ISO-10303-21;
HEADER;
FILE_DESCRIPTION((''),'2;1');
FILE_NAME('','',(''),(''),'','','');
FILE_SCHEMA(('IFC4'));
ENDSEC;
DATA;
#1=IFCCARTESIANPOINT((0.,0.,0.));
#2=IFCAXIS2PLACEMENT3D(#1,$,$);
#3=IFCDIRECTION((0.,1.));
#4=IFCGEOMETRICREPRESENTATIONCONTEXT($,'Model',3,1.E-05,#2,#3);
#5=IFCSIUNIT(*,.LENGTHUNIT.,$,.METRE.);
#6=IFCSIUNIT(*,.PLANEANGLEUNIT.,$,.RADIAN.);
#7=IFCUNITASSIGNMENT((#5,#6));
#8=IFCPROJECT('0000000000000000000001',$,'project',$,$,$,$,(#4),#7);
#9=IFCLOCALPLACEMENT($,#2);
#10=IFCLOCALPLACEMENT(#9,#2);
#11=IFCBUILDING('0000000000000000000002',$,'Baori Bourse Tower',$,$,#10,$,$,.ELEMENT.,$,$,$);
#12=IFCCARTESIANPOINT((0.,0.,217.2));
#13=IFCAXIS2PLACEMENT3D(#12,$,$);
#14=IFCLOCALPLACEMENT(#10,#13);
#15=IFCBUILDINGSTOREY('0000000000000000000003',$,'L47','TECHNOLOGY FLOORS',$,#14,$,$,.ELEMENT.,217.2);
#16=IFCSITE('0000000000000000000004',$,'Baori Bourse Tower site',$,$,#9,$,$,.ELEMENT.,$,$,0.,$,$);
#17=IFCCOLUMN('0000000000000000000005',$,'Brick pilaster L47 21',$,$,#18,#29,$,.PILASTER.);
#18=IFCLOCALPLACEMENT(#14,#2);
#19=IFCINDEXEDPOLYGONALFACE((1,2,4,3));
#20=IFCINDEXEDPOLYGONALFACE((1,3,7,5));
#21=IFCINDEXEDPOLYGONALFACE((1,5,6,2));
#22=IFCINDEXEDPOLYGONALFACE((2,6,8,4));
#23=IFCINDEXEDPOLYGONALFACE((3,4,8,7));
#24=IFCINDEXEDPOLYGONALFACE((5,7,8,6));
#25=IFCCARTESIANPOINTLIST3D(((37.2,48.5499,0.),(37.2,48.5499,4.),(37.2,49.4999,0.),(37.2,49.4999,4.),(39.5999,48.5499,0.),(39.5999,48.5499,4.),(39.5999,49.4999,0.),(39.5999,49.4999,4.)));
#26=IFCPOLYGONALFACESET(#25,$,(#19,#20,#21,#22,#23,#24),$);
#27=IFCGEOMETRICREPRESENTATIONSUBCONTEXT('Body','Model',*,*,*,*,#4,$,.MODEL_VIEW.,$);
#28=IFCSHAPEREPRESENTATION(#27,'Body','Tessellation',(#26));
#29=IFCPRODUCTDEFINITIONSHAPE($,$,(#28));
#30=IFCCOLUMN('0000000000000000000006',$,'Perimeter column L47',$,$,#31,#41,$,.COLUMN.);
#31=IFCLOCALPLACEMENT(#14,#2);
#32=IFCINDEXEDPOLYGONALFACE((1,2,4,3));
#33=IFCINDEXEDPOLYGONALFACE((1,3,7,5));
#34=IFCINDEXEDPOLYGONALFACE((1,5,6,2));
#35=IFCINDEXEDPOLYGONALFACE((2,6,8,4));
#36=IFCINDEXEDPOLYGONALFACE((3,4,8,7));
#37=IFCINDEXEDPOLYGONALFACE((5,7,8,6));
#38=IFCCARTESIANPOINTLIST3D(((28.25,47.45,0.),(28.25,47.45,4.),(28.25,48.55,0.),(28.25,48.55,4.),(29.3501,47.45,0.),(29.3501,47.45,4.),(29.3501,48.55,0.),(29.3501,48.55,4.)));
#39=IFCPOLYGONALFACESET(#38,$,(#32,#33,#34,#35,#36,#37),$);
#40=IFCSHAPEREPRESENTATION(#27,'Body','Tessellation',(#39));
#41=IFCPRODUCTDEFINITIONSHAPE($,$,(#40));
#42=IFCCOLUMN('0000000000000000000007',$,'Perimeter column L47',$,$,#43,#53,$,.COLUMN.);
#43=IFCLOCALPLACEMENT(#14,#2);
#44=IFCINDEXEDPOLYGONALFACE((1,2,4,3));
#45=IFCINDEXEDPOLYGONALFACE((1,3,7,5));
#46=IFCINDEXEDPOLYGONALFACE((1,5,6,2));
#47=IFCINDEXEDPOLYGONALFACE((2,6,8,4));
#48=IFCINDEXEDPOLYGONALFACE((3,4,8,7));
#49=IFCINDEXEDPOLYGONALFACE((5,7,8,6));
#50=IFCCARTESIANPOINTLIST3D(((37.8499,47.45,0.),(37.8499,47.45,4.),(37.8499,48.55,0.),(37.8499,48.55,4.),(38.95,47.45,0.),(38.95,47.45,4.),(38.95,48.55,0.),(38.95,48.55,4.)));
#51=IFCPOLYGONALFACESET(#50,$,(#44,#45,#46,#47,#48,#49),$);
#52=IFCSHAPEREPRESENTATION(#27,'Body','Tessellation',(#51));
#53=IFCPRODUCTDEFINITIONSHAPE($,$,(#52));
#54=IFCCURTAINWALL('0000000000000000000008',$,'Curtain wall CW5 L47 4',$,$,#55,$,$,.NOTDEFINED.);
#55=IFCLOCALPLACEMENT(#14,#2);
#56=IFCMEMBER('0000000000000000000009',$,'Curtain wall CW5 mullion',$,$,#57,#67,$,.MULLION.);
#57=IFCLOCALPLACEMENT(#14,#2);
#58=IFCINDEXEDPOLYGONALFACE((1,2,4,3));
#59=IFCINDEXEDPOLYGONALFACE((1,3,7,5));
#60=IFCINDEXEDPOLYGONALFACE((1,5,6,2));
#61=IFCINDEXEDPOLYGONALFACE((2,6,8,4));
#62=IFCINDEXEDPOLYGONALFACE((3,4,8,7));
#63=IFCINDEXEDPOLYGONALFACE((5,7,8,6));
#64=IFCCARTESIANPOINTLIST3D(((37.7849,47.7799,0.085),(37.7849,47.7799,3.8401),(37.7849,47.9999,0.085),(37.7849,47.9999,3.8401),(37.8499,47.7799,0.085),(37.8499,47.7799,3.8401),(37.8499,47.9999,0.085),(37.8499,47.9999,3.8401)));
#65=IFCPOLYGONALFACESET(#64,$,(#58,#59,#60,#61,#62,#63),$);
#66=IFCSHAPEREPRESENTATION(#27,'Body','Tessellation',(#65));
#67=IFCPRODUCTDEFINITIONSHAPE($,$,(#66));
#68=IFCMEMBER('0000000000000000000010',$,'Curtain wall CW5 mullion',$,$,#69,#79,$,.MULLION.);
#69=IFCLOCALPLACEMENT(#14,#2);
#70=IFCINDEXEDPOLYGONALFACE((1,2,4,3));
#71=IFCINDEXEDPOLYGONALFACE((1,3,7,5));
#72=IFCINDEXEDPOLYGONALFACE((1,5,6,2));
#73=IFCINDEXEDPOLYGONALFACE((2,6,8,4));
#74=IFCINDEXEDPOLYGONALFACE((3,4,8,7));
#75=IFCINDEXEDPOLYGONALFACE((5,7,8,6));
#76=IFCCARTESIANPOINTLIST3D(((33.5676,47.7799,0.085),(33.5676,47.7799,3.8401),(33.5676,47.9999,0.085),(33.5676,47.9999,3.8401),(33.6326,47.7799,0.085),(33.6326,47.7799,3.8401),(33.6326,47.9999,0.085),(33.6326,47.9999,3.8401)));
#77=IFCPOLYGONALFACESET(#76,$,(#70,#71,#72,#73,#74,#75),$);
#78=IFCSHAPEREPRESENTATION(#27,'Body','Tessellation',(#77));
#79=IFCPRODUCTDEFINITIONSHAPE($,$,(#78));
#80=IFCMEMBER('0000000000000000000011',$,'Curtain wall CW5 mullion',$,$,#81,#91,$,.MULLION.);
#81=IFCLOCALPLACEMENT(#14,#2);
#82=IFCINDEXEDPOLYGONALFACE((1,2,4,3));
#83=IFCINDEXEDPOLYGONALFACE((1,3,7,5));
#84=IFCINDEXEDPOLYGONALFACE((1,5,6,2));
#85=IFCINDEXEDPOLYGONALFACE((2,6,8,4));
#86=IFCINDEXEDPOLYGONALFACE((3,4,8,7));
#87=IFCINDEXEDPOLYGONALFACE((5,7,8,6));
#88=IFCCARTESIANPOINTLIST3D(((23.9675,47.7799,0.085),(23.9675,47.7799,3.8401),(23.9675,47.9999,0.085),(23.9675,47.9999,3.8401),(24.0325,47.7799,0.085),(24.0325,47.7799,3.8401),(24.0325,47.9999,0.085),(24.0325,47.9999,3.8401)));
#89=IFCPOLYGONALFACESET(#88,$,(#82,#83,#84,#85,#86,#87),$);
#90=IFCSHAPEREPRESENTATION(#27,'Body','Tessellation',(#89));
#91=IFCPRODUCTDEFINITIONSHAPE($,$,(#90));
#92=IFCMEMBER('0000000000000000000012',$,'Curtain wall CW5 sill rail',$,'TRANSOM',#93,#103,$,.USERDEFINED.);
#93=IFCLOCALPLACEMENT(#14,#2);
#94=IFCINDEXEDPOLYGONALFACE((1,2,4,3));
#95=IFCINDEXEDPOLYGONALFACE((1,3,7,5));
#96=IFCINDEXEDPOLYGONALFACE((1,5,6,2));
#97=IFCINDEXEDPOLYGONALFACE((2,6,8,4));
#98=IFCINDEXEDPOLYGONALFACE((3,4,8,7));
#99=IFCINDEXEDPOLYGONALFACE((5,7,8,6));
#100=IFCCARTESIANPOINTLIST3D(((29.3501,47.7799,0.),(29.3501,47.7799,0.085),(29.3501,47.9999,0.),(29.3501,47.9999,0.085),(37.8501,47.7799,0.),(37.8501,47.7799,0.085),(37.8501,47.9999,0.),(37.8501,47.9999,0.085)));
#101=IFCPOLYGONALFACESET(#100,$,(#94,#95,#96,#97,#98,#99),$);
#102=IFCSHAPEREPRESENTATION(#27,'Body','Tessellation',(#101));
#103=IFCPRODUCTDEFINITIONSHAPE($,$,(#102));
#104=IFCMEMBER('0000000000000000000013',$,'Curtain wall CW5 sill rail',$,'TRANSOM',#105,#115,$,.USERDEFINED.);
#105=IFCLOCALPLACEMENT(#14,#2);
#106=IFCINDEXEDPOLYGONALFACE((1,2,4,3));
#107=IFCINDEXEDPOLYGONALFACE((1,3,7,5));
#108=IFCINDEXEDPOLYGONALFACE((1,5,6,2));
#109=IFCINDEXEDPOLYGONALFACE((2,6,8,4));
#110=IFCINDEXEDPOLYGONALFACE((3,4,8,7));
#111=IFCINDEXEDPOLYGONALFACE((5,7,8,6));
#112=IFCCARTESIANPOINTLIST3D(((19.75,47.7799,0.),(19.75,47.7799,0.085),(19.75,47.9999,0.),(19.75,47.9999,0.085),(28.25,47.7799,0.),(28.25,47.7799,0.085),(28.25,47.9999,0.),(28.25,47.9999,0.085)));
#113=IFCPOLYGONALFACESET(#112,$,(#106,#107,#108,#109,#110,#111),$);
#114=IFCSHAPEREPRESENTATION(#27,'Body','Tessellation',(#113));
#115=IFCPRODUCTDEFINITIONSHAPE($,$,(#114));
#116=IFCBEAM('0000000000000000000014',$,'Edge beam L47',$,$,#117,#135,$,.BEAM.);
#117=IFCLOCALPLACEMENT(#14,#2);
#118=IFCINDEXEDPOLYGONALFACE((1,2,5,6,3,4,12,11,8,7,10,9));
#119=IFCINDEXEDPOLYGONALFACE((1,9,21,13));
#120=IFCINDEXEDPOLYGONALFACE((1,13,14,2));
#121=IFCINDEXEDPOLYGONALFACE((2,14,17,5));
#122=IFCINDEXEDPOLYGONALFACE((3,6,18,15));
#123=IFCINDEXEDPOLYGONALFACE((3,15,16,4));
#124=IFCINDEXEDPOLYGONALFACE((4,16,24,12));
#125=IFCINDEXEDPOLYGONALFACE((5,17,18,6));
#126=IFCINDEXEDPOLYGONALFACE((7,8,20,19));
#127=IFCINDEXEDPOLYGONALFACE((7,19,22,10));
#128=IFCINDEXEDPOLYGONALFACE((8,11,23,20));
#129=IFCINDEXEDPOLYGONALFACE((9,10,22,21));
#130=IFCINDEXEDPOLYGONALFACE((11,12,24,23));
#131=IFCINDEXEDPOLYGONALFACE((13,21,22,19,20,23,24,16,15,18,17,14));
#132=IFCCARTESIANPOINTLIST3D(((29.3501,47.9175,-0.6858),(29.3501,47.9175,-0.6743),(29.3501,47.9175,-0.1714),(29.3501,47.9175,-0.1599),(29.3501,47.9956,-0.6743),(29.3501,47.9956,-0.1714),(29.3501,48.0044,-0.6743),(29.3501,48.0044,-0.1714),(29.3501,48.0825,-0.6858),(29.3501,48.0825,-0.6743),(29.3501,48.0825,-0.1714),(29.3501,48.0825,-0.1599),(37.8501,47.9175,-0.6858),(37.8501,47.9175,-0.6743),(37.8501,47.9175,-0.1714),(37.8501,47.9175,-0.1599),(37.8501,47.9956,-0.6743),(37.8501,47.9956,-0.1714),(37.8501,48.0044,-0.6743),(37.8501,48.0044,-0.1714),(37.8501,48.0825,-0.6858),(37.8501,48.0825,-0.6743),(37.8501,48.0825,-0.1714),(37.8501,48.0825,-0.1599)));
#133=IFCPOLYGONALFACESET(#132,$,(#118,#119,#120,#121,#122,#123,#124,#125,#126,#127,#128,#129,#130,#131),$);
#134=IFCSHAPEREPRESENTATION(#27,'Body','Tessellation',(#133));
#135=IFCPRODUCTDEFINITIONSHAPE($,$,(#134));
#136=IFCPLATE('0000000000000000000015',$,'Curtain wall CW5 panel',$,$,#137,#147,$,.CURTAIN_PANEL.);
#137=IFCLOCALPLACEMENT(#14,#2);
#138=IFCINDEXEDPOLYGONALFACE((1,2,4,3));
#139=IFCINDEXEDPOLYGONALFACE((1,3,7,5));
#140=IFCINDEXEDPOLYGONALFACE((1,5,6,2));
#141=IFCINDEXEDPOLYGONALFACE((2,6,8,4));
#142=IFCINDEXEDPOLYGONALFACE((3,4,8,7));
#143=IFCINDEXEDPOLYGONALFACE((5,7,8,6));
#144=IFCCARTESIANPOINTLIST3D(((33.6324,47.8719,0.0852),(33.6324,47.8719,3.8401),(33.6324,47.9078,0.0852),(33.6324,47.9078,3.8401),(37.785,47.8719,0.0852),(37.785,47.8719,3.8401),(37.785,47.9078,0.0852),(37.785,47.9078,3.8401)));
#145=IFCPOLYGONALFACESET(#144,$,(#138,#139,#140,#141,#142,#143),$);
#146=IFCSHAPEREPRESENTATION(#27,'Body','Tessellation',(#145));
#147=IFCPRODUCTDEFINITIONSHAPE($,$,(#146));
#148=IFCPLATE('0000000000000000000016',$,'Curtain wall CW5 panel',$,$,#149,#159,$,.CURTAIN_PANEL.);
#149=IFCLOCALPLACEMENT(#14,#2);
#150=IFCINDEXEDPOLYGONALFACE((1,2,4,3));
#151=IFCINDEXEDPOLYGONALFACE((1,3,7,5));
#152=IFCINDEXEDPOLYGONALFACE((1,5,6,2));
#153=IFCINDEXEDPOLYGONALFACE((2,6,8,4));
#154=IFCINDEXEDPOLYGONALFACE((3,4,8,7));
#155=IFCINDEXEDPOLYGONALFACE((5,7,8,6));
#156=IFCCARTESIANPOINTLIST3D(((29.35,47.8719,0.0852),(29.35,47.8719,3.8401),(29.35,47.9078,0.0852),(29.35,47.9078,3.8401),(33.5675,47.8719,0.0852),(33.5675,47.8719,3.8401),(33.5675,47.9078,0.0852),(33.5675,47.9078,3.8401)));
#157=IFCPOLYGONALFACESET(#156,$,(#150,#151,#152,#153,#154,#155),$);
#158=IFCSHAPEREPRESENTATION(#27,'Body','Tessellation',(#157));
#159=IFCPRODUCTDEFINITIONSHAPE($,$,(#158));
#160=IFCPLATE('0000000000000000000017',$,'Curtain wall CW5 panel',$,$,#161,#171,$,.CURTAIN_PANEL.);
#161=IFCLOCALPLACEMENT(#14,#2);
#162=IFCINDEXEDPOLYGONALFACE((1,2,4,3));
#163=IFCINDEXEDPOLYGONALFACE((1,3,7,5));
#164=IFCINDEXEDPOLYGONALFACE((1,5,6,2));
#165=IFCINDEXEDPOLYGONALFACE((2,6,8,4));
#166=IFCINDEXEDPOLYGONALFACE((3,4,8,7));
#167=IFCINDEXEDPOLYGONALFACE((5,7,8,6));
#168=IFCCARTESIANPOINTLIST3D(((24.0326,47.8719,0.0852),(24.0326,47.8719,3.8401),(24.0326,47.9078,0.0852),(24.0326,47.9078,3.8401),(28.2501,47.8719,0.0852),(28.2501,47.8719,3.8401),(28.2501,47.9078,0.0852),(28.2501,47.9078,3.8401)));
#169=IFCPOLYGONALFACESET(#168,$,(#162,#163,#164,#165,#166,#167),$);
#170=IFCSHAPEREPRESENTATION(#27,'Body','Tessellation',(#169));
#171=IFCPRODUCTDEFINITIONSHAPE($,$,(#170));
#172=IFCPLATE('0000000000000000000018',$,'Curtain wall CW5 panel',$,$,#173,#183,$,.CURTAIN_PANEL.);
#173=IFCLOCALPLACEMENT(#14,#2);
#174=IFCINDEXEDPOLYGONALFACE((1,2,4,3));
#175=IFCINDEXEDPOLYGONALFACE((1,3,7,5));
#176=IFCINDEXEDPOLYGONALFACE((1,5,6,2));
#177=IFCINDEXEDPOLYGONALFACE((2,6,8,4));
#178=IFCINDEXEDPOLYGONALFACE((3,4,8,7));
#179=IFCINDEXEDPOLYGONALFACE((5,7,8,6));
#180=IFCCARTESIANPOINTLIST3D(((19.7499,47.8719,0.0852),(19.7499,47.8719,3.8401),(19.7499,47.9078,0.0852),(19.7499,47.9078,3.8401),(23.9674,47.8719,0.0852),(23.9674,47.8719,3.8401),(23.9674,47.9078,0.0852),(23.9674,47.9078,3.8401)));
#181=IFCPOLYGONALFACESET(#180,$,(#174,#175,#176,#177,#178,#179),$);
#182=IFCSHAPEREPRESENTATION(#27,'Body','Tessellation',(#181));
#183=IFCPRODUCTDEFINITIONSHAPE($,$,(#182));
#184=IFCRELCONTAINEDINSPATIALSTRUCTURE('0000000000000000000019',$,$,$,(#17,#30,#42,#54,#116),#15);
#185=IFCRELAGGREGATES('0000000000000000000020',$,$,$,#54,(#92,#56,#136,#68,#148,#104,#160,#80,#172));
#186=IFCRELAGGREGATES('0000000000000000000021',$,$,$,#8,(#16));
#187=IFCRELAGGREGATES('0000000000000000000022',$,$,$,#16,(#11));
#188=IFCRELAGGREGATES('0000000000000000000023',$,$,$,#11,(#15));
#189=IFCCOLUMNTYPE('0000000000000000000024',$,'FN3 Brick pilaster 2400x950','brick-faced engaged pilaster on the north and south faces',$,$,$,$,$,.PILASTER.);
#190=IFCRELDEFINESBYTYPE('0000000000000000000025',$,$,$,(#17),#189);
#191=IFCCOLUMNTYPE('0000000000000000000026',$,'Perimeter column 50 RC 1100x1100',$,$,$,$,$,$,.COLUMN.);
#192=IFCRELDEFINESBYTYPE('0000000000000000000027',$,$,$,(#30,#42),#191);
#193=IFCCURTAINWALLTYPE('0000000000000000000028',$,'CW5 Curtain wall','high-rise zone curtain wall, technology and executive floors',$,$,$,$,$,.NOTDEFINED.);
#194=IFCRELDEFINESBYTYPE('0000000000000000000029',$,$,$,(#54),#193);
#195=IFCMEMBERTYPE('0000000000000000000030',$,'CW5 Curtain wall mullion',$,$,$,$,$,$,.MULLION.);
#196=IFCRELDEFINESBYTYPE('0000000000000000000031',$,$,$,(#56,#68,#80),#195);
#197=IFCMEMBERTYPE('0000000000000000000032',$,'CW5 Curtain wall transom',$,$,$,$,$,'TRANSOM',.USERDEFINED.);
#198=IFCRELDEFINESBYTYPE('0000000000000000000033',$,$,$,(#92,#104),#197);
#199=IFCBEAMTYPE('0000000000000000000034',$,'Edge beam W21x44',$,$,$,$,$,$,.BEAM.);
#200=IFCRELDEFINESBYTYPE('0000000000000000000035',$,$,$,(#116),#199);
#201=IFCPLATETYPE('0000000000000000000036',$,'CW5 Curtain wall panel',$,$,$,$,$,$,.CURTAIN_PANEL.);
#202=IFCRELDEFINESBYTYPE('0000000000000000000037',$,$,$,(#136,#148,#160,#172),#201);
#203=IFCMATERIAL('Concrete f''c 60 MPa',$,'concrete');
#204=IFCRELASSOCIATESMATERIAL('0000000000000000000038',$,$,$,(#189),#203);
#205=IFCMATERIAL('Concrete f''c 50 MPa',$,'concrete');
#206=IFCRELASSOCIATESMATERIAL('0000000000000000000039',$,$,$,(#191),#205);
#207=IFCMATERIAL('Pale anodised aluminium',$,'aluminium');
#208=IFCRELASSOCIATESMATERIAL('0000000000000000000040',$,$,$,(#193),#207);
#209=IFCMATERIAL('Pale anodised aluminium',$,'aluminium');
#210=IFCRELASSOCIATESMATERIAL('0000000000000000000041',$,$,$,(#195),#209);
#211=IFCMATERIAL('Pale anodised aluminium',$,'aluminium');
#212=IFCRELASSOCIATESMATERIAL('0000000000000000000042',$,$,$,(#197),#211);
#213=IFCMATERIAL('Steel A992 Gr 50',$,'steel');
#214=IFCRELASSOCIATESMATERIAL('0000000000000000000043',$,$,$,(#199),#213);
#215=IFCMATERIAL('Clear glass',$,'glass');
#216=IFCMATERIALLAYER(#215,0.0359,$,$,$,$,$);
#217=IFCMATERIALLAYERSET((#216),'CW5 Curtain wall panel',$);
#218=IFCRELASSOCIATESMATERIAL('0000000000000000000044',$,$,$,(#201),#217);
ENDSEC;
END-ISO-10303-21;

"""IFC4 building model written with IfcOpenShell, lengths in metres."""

from ifc_helpers import new_model, si_unit, direction, frame, origin, origin_2d, place, context, subcontext, project, spatial, rectangle, i_section, extrude, material, layer, layer_set, material_profile, profile_set, type_object, element, aggregate, save


model = new_model("IFC4")

# Units and contexts
model_context = context("Model", 3, precision=1e-05, world=origin(), true_north=direction((0.0, 1.0)))
body_context = subcontext(model_context, "Body", "Model", "MODEL_VIEW")
ifc_project = project(units=[si_unit("LENGTHUNIT", "METRE"), si_unit("PLANEANGLEUNIT", "RADIAN")], contexts=[model_context])

# Site, building, storey
site_placement = place(None, origin())
site = spatial("IfcSite", under=ifc_project, at=site_placement, Name="Baori Bourse Tower site", CompositionType="ELEMENT", RefElevation=0.0)
building_placement = place(site_placement, origin())
building = spatial("IfcBuilding", under=site, at=building_placement, Name="Baori Bourse Tower", CompositionType="ELEMENT")
storey_placement = place(building_placement, frame((0.0, 0.0, 217.2)))
storey = spatial("IfcBuildingStorey", under=building, at=storey_placement, Name="L47", Description="TECHNOLOGY FLOORS", CompositionType="ELEMENT", Elevation=217.2)

# Columns
ifc_material_1 = material(Name="Concrete f'c 60 MPa", Category="concrete")
ifc_material_profile_1 = material_profile(ifc_material_1, rectangle(XDim=2.3999, YDim=0.95, at=origin_2d()), Name="RC 2400x950")
ifc_profile_set_1 = profile_set([ifc_material_profile_1], Name="Concrete f'c 60 MPa")
column_type_1 = type_object("IfcColumnType", Name="FN3 Brick pilaster 2400x950", Description="brick-faced engaged pilaster on the north and south faces", PredefinedType="PILASTER", material=ifc_profile_set_1)
column_placement = place(storey_placement, frame((38.3999, 49.0249, 0.0), z_axis=(0.0, 0.0, 1.0), x_axis=(1.0, 0.0, 0.0)))
element("IfcColumn", 1, at=column_placement, inside=storey, type_object=column_type_1, Name="Brick pilaster L47 21", PredefinedType="PILASTER", context=body_context, shape_type="SweptSolid", body=[
    extrude(rectangle(XDim=2.3999, YDim=0.95, at=origin_2d()), origin(), (0.0, 0.0, 1.0), 4.0),
])
ifc_material_2 = material(Name="Concrete f'c 50 MPa", Category="concrete")
ifc_material_profile_2 = material_profile(ifc_material_2, rectangle(XDim=1.1001, YDim=1.1001, at=origin_2d()), Name="RC 1100x1100")
ifc_profile_set_2 = profile_set([ifc_material_profile_2], Name="Concrete f'c 50 MPa")
column_type_2 = type_object("IfcColumnType", Name="Perimeter column 50 RC 1100x1100", PredefinedType="COLUMN", material=ifc_profile_set_2)
for number, where, z_axis, x_axis, name in (
    (2, (28.8, 48.0, 0.0), (0.0, 0.0, 1.0), (1.0, 0.0, 0.0), "Perimeter column L47"),
    (3, (38.3999, 48.0, 0.0), (0.0, 0.0, 1.0), (1.0, 0.0, 0.0), "Perimeter column L47"),
):
    element("IfcColumn", number, at=place(storey_placement, frame(where, z_axis=z_axis, x_axis=x_axis)), inside=storey, type_object=column_type_2, Name=name, PredefinedType="COLUMN", context=body_context, shape_type="SweptSolid", body=[
        extrude(rectangle(XDim=1.1001, YDim=1.1001, at=origin_2d()), origin(), (0.0, 0.0, 1.0), 4.0),
    ])

# Curtain wall, members
ifc_material_3 = material(Name="Pale anodised aluminium", Category="aluminium")
curtain_wall_type = type_object("IfcCurtainWallType", Name="CW5 Curtain wall", Description="high-rise zone curtain wall, technology and executive floors", PredefinedType="NOTDEFINED", material=ifc_material_3)
curtain_wall_placement = place(storey_placement, origin())
curtain_wall = element("IfcCurtainWall", 4, at=curtain_wall_placement, inside=storey, type_object=curtain_wall_type, Name="Curtain wall CW5 L47 4", PredefinedType="NOTDEFINED")
ifc_material_4 = material(Name="Pale anodised aluminium", Category="aluminium")
ifc_material_profile_3 = material_profile(ifc_material_4, rectangle(XDim=0.22, YDim=0.0649, at=origin_2d()), Name="Mullion 65x220")
ifc_profile_set_3 = profile_set([ifc_material_profile_3], Name="Pale anodised aluminium")
member_type_1 = type_object("IfcMemberType", Name="CW5 Curtain wall mullion", PredefinedType="MULLION", material=ifc_profile_set_3)
member_1_placement = place(storey_placement, frame((37.8174, 47.8899, 0.085), z_axis=(0.0, 0.0, 1.0), x_axis=(0.0, -1.0, 0.0)))
member_1 = element("IfcMember", 5, at=member_1_placement, type_object=member_type_1, Name="Curtain wall CW5 mullion", PredefinedType="MULLION", context=body_context, shape_type="SweptSolid", body=[
    extrude(rectangle(XDim=0.22, YDim=0.0649, at=origin_2d()), origin(), (0.0, 0.0, 1.0), 3.7551),
])
member_2_placement = place(storey_placement, frame((33.6001, 47.8899, 0.085), z_axis=(0.0, 0.0, 1.0), x_axis=(0.0, -1.0, 0.0)))
member_2 = element("IfcMember", 6, at=member_2_placement, type_object=member_type_1, Name="Curtain wall CW5 mullion", PredefinedType="MULLION", context=body_context, shape_type="SweptSolid", body=[
    extrude(rectangle(XDim=0.22, YDim=0.0649, at=origin_2d()), origin(), (0.0, 0.0, 1.0), 3.7551),
])
member_3_placement = place(storey_placement, frame((24.0, 47.8899, 0.085), z_axis=(0.0, 0.0, 1.0), x_axis=(0.0, -1.0, 0.0)))
member_3 = element("IfcMember", 7, at=member_3_placement, type_object=member_type_1, Name="Curtain wall CW5 mullion", PredefinedType="MULLION", context=body_context, shape_type="SweptSolid", body=[
    extrude(rectangle(XDim=0.22, YDim=0.0649, at=origin_2d()), origin(), (0.0, 0.0, 1.0), 3.7551),
])
ifc_material_5 = material(Name="Pale anodised aluminium", Category="aluminium")
ifc_material_profile_4 = material_profile(ifc_material_5, rectangle(XDim=0.22, YDim=0.085, at=origin_2d()), Name="Transom 85x220")
ifc_profile_set_4 = profile_set([ifc_material_profile_4], Name="Pale anodised aluminium")
member_type_2 = type_object("IfcMemberType", Name="CW5 Curtain wall transom", ElementType="TRANSOM", PredefinedType="USERDEFINED", material=ifc_profile_set_4)
member_4_placement = place(storey_placement, frame((37.8501, 47.8899, 0.0425), z_axis=(-1.0, 0.0, 0.0), x_axis=(0.0, -1.0, 0.0)))
member_4 = element("IfcMember", 8, at=member_4_placement, type_object=member_type_2, Name="Curtain wall CW5 sill rail", ObjectType="TRANSOM", PredefinedType="USERDEFINED", context=body_context, shape_type="SweptSolid", body=[
    extrude(rectangle(XDim=0.22, YDim=0.085, at=origin_2d()), origin(), (0.0, 0.0, 1.0), 8.5),
])
member_5_placement = place(storey_placement, frame((28.25, 47.8899, 0.0425), z_axis=(-1.0, 0.0, 0.0), x_axis=(0.0, -1.0, 0.0)))
member_5 = element("IfcMember", 9, at=member_5_placement, type_object=member_type_2, Name="Curtain wall CW5 sill rail", ObjectType="TRANSOM", PredefinedType="USERDEFINED", context=body_context, shape_type="SweptSolid", body=[
    extrude(rectangle(XDim=0.22, YDim=0.085, at=origin_2d()), origin(), (0.0, 0.0, 1.0), 8.5),
])

# Beam
ifc_material_6 = material(Name="Steel A992 Gr 50", Category="steel")
ifc_material_profile_5 = material_profile(ifc_material_6, i_section(OverallWidth=0.165, OverallDepth=0.5259, WebThickness=0.0088, FlangeThickness=0.0115, at=origin_2d()), Name="W21x44")
ifc_profile_set_5 = profile_set([ifc_material_profile_5], Name="Steel A992 Gr 50")
beam_type = type_object("IfcBeamType", Name="Edge beam W21x44", PredefinedType="BEAM", material=ifc_profile_set_5)
beam_placement = place(storey_placement, frame((29.3501, 48.0, -0.4229), z_axis=(1.0, 0.0, 0.0), x_axis=(0.0, 1.0, 0.0)))
element("IfcBeam", 10, at=beam_placement, inside=storey, type_object=beam_type, Name="Edge beam L47", PredefinedType="BEAM", context=body_context, shape_type="SweptSolid", body=[
    extrude(i_section(OverallWidth=0.165, OverallDepth=0.5259, WebThickness=0.0088, FlangeThickness=0.0115, at=origin_2d()), origin(), (0.0, 0.0, 1.0), 8.5),
])

# Plates
ifc_material_7 = material(Name="Clear glass", Category="glass")
ifc_layer = layer(ifc_material_7, 0.0359)
ifc_layer_set = layer_set([ifc_layer], Name="CW5 Curtain wall panel")
plate_type = type_object("IfcPlateType", Name="CW5 Curtain wall panel", PredefinedType="CURTAIN_PANEL", material=ifc_layer_set)
plate_1_placement = place(storey_placement, frame((35.7087, 47.8899, 0.0852), z_axis=(0.0, 0.0, 1.0), x_axis=(-1.0, 0.0, 0.0)))
plate_1 = element("IfcPlate", 11, at=plate_1_placement, type_object=plate_type, Name="Curtain wall CW5 panel", PredefinedType="CURTAIN_PANEL", context=body_context, shape_type="SweptSolid", body=[
    extrude(rectangle(XDim=4.1526, YDim=0.0359, at=origin_2d()), origin(), (0.0, 0.0, 1.0), 3.7549),
])
plate_2_placement = place(storey_placement, frame((31.4587, 47.8899, 0.0852), z_axis=(0.0, 0.0, 1.0), x_axis=(-1.0, 0.0, 0.0)))
plate_2 = element("IfcPlate", 12, at=plate_2_placement, type_object=plate_type, Name="Curtain wall CW5 panel", PredefinedType="CURTAIN_PANEL", context=body_context, shape_type="SweptSolid", body=[
    extrude(rectangle(XDim=4.2175, YDim=0.0359, at=origin_2d()), origin(), (0.0, 0.0, 1.0), 3.7549),
])
plate_3_placement = place(storey_placement, frame((26.1414, 47.8899, 0.0852), z_axis=(0.0, 0.0, 1.0), x_axis=(-1.0, 0.0, 0.0)))
plate_3 = element("IfcPlate", 13, at=plate_3_placement, type_object=plate_type, Name="Curtain wall CW5 panel", PredefinedType="CURTAIN_PANEL", context=body_context, shape_type="SweptSolid", body=[
    extrude(rectangle(XDim=4.2175, YDim=0.0359, at=origin_2d()), origin(), (0.0, 0.0, 1.0), 3.7549),
])
plate_4_placement = place(storey_placement, frame((21.8586, 47.8899, 0.0852), z_axis=(0.0, 0.0, 1.0), x_axis=(-1.0, 0.0, 0.0)))
plate_4 = element("IfcPlate", 14, at=plate_4_placement, type_object=plate_type, Name="Curtain wall CW5 panel", PredefinedType="CURTAIN_PANEL", context=body_context, shape_type="SweptSolid", body=[
    extrude(rectangle(XDim=4.2175, YDim=0.0359, at=origin_2d()), origin(), (0.0, 0.0, 1.0), 3.7549),
])
aggregate(curtain_wall, [member_4, member_1, plate_1, member_2, plate_2, member_5, plate_3, member_3, plate_4])

save(model, "model.ifc")
